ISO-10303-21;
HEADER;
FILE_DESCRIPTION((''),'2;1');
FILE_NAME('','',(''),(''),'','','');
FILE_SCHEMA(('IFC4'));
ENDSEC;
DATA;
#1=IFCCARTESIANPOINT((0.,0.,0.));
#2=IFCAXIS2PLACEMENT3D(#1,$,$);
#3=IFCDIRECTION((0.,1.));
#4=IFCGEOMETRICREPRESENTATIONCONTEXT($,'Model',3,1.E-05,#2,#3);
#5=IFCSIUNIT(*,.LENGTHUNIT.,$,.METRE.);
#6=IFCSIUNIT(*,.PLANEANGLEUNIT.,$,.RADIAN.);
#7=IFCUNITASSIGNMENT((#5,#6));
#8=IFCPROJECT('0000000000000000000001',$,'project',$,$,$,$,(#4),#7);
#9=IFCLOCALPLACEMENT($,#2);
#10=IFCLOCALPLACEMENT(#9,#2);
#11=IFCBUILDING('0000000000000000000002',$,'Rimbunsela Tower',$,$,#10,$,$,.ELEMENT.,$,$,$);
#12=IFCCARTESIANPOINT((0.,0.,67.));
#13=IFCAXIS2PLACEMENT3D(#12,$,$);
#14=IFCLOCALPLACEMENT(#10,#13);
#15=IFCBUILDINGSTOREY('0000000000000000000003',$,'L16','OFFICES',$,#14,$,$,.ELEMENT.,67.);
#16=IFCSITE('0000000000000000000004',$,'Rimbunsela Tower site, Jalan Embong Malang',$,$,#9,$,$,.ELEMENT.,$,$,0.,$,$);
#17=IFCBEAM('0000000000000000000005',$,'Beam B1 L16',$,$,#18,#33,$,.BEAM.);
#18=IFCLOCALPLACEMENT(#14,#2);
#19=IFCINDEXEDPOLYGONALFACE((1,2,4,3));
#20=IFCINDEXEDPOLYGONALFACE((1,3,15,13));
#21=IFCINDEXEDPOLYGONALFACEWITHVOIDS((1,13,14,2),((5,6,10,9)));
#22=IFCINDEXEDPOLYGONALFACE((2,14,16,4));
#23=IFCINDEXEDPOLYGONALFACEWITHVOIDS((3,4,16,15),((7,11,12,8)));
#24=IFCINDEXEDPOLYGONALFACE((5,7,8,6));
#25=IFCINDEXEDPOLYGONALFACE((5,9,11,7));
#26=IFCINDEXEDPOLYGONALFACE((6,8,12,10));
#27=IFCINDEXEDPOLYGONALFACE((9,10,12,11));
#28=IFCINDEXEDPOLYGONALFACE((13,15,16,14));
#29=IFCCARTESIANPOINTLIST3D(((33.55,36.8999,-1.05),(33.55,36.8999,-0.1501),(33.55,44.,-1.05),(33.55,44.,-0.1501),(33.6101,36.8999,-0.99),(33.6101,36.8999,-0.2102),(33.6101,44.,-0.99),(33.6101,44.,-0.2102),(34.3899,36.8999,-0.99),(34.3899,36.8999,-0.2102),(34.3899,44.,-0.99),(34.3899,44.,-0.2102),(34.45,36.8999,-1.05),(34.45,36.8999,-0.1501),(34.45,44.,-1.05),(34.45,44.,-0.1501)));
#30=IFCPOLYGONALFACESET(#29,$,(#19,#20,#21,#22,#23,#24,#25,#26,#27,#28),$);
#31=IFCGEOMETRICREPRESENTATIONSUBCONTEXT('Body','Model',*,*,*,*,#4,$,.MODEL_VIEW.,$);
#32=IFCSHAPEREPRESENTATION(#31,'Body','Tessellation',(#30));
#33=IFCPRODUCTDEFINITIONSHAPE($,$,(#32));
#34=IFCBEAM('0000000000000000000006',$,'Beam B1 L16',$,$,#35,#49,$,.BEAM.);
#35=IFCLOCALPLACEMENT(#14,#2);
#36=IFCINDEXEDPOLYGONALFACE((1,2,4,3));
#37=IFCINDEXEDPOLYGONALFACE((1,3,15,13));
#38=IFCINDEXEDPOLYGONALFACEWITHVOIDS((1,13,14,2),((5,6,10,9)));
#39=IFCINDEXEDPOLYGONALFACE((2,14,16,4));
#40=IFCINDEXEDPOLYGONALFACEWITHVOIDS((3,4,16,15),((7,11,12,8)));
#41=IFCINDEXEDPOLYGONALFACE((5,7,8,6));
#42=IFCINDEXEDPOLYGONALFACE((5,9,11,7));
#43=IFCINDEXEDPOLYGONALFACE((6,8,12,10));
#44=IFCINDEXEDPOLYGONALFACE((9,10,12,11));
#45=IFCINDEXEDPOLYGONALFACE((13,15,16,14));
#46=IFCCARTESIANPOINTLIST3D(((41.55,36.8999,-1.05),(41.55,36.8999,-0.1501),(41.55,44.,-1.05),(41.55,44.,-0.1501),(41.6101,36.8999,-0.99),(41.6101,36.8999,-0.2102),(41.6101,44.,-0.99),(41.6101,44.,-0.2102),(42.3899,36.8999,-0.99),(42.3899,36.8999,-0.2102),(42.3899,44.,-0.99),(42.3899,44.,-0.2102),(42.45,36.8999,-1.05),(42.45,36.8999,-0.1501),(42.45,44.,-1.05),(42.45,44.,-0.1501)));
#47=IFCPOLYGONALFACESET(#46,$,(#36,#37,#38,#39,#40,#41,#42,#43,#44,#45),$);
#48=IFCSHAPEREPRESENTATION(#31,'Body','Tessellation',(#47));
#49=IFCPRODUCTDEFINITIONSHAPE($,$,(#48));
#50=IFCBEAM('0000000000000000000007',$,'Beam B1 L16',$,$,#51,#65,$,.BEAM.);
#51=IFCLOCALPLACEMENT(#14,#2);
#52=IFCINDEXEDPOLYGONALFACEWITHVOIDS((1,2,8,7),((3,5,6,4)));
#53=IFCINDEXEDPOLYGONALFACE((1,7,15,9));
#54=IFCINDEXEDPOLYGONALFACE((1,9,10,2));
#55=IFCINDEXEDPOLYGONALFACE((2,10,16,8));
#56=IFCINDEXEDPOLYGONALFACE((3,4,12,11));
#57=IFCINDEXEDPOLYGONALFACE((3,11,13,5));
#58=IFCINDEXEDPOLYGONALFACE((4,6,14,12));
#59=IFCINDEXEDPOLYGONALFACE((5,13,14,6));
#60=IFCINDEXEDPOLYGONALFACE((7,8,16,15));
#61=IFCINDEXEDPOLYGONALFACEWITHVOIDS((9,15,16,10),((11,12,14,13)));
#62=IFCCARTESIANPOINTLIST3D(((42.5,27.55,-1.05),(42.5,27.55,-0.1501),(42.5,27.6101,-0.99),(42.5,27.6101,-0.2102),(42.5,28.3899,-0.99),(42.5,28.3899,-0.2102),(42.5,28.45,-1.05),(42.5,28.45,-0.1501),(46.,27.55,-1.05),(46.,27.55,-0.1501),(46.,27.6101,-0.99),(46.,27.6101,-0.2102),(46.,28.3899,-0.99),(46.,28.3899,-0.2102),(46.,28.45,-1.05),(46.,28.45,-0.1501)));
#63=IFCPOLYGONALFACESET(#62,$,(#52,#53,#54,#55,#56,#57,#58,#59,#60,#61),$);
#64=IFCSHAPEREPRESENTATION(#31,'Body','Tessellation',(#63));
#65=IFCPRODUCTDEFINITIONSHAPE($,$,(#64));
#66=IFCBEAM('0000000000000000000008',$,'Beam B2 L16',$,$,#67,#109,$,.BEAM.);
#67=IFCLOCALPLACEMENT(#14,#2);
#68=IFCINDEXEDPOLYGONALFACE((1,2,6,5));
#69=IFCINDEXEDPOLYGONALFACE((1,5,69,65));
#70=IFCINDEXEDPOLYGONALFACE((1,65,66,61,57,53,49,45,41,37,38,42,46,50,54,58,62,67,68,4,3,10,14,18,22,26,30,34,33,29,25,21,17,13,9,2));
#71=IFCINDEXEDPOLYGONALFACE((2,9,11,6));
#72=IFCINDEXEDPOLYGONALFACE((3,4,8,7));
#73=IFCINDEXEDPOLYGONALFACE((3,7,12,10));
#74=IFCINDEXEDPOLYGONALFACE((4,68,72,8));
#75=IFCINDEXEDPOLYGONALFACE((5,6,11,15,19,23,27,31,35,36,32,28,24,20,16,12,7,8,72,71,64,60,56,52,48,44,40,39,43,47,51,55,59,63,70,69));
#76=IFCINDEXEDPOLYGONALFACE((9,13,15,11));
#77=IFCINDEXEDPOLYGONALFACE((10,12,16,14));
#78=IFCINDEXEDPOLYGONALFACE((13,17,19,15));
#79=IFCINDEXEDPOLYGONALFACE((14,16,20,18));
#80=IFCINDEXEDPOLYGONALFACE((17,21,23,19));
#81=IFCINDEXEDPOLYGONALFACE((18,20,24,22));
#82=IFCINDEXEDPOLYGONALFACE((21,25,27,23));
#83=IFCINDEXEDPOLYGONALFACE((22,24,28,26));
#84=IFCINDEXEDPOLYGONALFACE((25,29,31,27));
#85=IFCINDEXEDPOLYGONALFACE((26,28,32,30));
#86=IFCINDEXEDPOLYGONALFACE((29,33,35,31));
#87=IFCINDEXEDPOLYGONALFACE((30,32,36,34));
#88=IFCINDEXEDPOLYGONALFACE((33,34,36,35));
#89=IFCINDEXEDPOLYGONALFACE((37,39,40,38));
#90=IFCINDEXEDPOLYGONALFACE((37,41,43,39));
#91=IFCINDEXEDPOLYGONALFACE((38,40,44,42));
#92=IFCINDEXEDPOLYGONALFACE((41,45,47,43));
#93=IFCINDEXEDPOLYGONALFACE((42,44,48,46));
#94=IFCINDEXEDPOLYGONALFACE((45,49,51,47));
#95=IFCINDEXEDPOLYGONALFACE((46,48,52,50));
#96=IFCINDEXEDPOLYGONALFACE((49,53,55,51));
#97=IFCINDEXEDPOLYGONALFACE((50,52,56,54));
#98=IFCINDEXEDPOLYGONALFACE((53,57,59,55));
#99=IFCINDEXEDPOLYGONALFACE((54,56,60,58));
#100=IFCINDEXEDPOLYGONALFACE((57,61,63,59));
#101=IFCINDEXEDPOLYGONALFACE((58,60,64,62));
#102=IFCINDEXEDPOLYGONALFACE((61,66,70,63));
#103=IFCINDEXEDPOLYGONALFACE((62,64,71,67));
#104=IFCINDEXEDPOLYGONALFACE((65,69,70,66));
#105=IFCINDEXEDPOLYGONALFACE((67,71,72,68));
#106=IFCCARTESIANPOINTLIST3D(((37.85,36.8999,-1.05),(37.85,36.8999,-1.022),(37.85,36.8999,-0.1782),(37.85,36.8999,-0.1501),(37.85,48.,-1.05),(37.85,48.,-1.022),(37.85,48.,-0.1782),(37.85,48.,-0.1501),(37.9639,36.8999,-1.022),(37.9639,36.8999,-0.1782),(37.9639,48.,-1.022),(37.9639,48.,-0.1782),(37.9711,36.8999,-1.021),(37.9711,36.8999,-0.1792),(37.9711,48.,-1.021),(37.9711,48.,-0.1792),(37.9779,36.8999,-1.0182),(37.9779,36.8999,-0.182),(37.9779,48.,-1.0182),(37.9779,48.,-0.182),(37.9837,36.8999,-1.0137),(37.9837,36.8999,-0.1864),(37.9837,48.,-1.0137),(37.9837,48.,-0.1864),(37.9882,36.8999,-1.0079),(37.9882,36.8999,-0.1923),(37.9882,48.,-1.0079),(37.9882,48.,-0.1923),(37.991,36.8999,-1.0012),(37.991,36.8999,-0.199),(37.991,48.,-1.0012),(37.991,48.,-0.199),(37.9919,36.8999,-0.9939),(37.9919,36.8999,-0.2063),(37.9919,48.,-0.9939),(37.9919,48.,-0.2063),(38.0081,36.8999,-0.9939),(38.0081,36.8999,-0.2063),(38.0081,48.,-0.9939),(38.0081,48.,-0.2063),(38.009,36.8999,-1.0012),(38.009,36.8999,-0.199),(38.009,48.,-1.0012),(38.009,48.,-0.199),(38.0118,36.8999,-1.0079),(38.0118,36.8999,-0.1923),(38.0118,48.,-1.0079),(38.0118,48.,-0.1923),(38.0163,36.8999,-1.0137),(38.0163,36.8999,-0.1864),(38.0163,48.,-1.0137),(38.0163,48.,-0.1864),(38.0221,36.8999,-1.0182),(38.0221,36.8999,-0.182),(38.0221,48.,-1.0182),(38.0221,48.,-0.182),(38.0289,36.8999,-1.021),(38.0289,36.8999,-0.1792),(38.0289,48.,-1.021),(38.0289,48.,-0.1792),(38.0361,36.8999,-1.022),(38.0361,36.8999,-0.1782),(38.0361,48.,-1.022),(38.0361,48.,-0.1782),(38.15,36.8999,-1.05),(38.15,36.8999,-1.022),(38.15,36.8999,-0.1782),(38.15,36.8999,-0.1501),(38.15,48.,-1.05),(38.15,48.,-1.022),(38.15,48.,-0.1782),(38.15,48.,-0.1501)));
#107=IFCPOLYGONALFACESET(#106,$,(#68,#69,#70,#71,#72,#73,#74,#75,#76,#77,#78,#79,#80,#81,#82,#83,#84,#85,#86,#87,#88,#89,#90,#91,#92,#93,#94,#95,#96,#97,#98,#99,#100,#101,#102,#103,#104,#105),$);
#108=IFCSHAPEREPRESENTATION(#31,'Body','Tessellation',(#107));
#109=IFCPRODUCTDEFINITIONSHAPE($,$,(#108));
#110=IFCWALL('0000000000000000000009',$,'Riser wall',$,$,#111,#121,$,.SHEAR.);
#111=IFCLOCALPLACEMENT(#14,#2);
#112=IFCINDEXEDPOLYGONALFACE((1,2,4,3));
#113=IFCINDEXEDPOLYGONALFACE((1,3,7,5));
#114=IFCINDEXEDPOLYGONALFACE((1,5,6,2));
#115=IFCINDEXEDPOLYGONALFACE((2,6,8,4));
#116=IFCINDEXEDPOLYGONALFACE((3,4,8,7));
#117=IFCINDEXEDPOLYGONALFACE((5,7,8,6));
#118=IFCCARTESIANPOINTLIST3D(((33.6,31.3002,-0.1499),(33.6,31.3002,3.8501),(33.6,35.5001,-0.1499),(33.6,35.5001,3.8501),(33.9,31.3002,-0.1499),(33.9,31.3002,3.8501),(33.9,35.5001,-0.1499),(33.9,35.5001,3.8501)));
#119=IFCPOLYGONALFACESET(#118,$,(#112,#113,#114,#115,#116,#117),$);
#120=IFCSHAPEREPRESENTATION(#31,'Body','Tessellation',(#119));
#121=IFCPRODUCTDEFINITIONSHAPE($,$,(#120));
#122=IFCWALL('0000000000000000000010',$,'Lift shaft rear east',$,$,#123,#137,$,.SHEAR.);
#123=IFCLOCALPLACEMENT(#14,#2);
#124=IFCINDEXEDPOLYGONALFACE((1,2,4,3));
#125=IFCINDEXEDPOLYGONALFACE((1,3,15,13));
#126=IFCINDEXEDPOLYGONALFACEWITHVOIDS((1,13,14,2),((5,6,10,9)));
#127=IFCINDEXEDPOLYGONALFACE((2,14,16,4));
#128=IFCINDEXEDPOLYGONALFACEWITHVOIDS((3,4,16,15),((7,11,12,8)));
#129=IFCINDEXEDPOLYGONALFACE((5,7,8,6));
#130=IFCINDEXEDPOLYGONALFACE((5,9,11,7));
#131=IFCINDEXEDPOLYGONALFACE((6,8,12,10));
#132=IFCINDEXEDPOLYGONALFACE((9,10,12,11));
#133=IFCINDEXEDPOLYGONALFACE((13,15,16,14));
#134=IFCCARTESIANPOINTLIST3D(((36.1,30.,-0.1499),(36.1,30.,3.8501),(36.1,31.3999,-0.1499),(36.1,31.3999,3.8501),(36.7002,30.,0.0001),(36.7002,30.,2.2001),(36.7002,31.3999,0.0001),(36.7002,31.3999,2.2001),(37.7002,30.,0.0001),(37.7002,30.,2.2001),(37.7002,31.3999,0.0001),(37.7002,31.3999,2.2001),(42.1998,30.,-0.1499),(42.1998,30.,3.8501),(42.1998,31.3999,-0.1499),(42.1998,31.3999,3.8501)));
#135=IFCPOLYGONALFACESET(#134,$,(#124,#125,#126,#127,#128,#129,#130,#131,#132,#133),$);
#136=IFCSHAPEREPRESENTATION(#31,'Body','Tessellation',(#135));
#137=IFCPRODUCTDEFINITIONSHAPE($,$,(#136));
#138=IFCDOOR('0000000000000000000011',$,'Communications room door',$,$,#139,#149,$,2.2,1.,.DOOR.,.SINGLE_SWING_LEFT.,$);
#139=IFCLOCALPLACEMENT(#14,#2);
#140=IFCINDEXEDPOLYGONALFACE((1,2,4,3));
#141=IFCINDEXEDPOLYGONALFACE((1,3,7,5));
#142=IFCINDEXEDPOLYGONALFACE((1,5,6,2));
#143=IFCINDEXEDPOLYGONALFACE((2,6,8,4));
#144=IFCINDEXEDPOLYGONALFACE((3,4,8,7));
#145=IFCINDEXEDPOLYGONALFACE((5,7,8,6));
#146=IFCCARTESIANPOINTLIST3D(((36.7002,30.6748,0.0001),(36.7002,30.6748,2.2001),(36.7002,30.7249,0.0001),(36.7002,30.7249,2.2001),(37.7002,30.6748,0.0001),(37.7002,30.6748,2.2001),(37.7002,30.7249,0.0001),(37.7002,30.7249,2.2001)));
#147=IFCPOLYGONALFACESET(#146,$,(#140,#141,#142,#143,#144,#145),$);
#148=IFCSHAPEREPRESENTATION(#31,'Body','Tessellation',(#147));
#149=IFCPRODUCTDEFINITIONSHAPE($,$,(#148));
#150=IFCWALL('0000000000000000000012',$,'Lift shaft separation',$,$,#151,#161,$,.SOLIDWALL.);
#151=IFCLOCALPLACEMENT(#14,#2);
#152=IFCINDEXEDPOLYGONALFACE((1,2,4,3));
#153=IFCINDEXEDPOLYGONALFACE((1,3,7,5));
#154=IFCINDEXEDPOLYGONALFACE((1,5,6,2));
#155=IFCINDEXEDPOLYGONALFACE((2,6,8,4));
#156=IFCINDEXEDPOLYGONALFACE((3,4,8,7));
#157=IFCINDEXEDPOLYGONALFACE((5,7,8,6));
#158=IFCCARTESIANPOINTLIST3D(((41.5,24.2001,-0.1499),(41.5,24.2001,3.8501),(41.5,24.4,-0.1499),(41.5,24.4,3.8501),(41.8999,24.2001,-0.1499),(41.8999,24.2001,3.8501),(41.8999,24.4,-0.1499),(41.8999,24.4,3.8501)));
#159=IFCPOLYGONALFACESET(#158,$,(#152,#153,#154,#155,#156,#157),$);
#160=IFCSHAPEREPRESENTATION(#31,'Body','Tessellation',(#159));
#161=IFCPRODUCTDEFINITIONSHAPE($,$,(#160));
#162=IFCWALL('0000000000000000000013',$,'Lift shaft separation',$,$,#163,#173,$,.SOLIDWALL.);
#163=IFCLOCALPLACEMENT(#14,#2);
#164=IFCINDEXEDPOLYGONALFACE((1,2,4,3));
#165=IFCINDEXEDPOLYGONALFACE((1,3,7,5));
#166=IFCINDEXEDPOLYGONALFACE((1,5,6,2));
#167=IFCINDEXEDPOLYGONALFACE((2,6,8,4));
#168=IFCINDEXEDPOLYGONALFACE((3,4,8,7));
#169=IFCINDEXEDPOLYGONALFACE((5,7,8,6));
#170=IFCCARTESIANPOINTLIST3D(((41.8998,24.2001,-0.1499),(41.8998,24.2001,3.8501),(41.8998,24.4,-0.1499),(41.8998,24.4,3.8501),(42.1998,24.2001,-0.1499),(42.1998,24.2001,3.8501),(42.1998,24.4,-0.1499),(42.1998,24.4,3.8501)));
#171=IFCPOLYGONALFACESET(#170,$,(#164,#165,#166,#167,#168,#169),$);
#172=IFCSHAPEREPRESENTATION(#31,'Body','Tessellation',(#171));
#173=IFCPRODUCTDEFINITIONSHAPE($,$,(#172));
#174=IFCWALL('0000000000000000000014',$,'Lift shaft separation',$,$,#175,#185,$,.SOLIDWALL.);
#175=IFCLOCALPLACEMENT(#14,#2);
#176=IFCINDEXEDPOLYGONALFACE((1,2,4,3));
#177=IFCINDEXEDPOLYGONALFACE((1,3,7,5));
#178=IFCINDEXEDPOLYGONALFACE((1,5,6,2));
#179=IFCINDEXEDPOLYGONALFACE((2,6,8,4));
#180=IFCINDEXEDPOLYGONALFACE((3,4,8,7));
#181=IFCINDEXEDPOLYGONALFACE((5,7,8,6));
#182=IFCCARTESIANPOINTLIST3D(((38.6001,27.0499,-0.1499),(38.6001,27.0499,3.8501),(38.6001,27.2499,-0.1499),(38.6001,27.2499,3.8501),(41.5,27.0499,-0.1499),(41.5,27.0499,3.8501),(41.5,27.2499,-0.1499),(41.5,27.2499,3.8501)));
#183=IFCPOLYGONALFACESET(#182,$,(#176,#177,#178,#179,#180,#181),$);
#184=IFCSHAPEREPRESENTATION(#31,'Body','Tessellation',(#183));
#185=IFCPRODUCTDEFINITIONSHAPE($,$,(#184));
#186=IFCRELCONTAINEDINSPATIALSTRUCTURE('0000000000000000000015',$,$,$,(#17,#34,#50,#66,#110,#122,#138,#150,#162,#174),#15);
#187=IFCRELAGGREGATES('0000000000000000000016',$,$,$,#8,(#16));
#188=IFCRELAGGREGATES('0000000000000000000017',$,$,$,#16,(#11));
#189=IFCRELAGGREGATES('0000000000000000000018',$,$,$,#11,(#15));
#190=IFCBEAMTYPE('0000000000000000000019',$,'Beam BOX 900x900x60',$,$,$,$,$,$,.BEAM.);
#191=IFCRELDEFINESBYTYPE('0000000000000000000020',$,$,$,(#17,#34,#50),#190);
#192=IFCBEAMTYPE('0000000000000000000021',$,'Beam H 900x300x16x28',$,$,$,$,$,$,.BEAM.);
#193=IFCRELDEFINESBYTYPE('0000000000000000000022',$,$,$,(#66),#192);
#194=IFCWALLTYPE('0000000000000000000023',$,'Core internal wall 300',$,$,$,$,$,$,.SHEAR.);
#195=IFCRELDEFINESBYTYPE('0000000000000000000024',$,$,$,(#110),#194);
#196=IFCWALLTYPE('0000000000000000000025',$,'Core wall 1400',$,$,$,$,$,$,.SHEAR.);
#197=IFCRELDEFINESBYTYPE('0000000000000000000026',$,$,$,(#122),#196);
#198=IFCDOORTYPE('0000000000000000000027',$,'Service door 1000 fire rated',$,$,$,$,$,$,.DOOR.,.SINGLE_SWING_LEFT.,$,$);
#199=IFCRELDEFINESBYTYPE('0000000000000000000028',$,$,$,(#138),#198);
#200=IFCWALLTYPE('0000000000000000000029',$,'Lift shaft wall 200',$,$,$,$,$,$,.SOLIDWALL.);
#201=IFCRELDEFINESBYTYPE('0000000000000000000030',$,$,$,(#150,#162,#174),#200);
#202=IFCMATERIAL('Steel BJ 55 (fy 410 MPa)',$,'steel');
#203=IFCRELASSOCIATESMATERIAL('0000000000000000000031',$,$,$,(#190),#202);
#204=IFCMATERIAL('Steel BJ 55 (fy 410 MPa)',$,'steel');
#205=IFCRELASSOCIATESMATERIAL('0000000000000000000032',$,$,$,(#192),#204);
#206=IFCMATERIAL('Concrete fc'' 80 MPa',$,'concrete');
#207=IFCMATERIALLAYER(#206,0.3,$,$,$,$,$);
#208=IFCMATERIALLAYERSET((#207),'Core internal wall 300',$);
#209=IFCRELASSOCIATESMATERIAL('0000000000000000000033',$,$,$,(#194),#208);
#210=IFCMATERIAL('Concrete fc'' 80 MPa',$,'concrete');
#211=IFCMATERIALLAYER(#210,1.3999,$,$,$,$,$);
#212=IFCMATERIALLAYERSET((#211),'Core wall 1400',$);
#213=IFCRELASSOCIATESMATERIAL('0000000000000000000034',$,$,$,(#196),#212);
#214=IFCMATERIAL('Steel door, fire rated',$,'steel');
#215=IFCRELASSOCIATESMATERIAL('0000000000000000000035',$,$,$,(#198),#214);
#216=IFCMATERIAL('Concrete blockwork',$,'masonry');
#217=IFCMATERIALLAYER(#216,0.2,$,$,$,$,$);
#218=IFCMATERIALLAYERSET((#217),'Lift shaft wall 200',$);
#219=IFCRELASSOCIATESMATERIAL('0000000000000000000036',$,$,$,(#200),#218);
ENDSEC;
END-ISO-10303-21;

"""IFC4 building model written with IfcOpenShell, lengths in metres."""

from ifc_helpers import new_model, si_unit, direction, frame, frame_2d, origin, origin_2d, place, context, subcontext, project, spatial, rectangle, hollow_rectangle, i_section, extrude, material, layer, layer_set, material_profile, profile_set, type_object, element, fill, save


model = new_model("IFC4")

# Units and contexts
model_context = context("Model", 3, precision=1e-05, world=origin(), true_north=direction((0.0, 1.0)))
body_context = subcontext(model_context, "Body", "Model", "MODEL_VIEW")
ifc_project = project(units=[si_unit("LENGTHUNIT", "METRE"), si_unit("PLANEANGLEUNIT", "RADIAN")], contexts=[model_context])

# Site, building, storey
site_placement = place(None, origin())
site = spatial("IfcSite", under=ifc_project, at=site_placement, Name="Rimbunsela Tower site, Jalan Embong Malang", CompositionType="ELEMENT", RefElevation=0.0)
building_placement = place(site_placement, origin())
building = spatial("IfcBuilding", under=site, at=building_placement, Name="Rimbunsela Tower", CompositionType="ELEMENT")
storey_placement = place(building_placement, frame((0.0, 0.0, 67.0)))
storey = spatial("IfcBuildingStorey", under=building, at=storey_placement, Name="L16", Description="OFFICES", CompositionType="ELEMENT", Elevation=67.0)

# Beams
ifc_material_1 = material(Name="Steel BJ 55 (fy 410 MPa)", Category="steel")
ifc_material_profile_1 = material_profile(ifc_material_1, hollow_rectangle(XDim=0.8999, YDim=0.8999, WallThickness=0.0601, at=origin_2d()), Name="BOX 900x900x60")
ifc_profile_set_1 = profile_set([ifc_material_profile_1], Name="Steel BJ 55 (fy 410 MPa)")
beam_type_1 = type_object("IfcBeamType", Name="Beam BOX 900x900x60", PredefinedType="BEAM", material=ifc_profile_set_1)
for number, where, z_axis, x_axis, name in (
    (1, (34.0, 36.8999, -0.6001), (0.0, 1.0, 0.0), (-1.0, 0.0, 0.0), "Beam B1 L16"),
    (2, (42.0, 36.8999, -0.6001), (0.0, 1.0, 0.0), (-1.0, 0.0, 0.0), "Beam B1 L16"),
):
    element("IfcBeam", number, at=place(storey_placement, frame(where, z_axis=z_axis, x_axis=x_axis)), inside=storey, type_object=beam_type_1, Name=name, PredefinedType="BEAM", context=body_context, shape_type="SweptSolid", body=[
        extrude(hollow_rectangle(XDim=0.8999, YDim=0.8999, WallThickness=0.0601, at=origin_2d()), origin(), (0.0, 0.0, 1.0), 7.1001),
    ])
beam_1_placement = place(storey_placement, frame((42.5, 28.0, -0.6001), z_axis=(1.0, 0.0, 0.0), x_axis=(0.0, 1.0, 0.0)))
element("IfcBeam", 3, at=beam_1_placement, inside=storey, type_object=beam_type_1, Name="Beam B1 L16", PredefinedType="BEAM", context=body_context, shape_type="SweptSolid", body=[
    extrude(hollow_rectangle(XDim=0.8999, YDim=0.8999, WallThickness=0.0601, at=origin_2d()), origin(), (0.0, 0.0, 1.0), 3.5),
])
ifc_material_2 = material(Name="Steel BJ 55 (fy 410 MPa)", Category="steel")
ifc_material_profile_2 = material_profile(ifc_material_2, i_section(OverallWidth=0.3, OverallDepth=0.8999, WebThickness=0.0161, FlangeThickness=0.0281, FilletRadius=0.0281, at=origin_2d()), Name="H 900x300x16x28")
ifc_profile_set_2 = profile_set([ifc_material_profile_2], Name="Steel BJ 55 (fy 410 MPa)")
beam_type_2 = type_object("IfcBeamType", Name="Beam H 900x300x16x28", PredefinedType="BEAM", material=ifc_profile_set_2)
beam_2_placement = place(storey_placement, frame((38.0, 36.8999, -0.6001), z_axis=(0.0, 1.0, 0.0), x_axis=(-1.0, 0.0, 0.0)))
element("IfcBeam", 4, at=beam_2_placement, inside=storey, type_object=beam_type_2, Name="Beam B2 L16", PredefinedType="BEAM", context=body_context, shape_type="SweptSolid", body=[
    extrude(i_section(OverallWidth=0.3, OverallDepth=0.8999, WebThickness=0.0161, FlangeThickness=0.0281, FilletRadius=0.0281, at=origin_2d()), origin(), (0.0, 0.0, 1.0), 11.1001),
])

# Wall
ifc_material_3 = material(Name="Concrete fc' 80 MPa", Category="concrete")
ifc_layer_1 = layer(ifc_material_3, 0.3)
ifc_layer_set_1 = layer_set([ifc_layer_1], Name="Core internal wall 300")
wall_type_1 = type_object("IfcWallType", Name="Core internal wall 300", PredefinedType="SHEAR", material=ifc_layer_set_1)
wall_1_placement = place(storey_placement, frame((33.75, 31.3, -0.1499), z_axis=(0.0, 0.0, 1.0), x_axis=(0.0, 1.0, 0.0)))
element("IfcWall", 5, at=wall_1_placement, inside=storey, type_object=wall_type_1, Name="Riser wall", PredefinedType="SHEAR", context=body_context, shape_type="SweptSolid", body=[
    extrude(rectangle(XDim=4.2, YDim=0.3, at=frame_2d((2.1001, 0.0))), origin(), (0.0, 0.0, 1.0), 4.0),
])

# Wall, opening, door
ifc_material_4 = material(Name="Concrete fc' 80 MPa", Category="concrete")
ifc_layer_2 = layer(ifc_material_4, 1.3999)
ifc_layer_set_2 = layer_set([ifc_layer_2], Name="Core wall 1400")
wall_type_2 = type_object("IfcWallType", Name="Core wall 1400", PredefinedType="SHEAR", material=ifc_layer_set_2)
wall_2_placement = place(storey_placement, frame((36.1001, 30.7, -0.1499), z_axis=(0.0, 0.0, 1.0), x_axis=(1.0, 0.0, 0.0)))
wall_2 = element("IfcWall", 6, at=wall_2_placement, inside=storey, type_object=wall_type_2, Name="Lift shaft rear east", PredefinedType="SHEAR", context=body_context, shape_type="SweptSolid", body=[
    extrude(rectangle(XDim=6.0999, YDim=1.3999, at=frame_2d((3.0498, 0.0))), origin(), (0.0, 0.0, 1.0), 4.0),
])
opening_placement = place(wall_2_placement, frame((0.6001, 0.0, 0.1499)))
opening = element("IfcOpeningElement", 7, at=opening_placement, cuts=wall_2, PredefinedType="OPENING", context=body_context, shape_type="SweptSolid", body=[
    extrude(rectangle(XDim=1.0, YDim=2.2, at=frame_2d((0.5, 1.1001))), frame((0.0, 0.71, 0.0), z_axis=(0.0, -1.0, 0.0), x_axis=(1.0, 0.0, 0.0)), (0.0, 0.0, 1.0), 1.4199),
])
ifc_material_5 = material(Name="Steel door, fire rated", Category="steel")
door_type = type_object("IfcDoorType", Name="Service door 1000 fire rated", OperationType="SINGLE_SWING_LEFT", PredefinedType="DOOR", material=ifc_material_5)
door_placement = place(opening_placement, origin())
door = element("IfcDoor", 8, at=door_placement, inside=storey, type_object=door_type, Name="Communications room door", OperationType="SINGLE_SWING_LEFT", OverallHeight=2.2, OverallWidth=1.0, PredefinedType="DOOR", context=body_context, shape_type="SweptSolid", body=[
    extrude(rectangle(XDim=1.0, YDim=2.2, at=frame_2d((0.5, 1.1001))), frame((0.0, 0.0249, 0.0), z_axis=(0.0, -1.0, 0.0), x_axis=(1.0, 0.0, 0.0)), (0.0, 0.0, 1.0), 0.05),
])
fill(opening, door)

# Walls
ifc_material_6 = material(Name="Concrete blockwork", Category="masonry")
ifc_layer_3 = layer(ifc_material_6, 0.2)
ifc_layer_set_3 = layer_set([ifc_layer_3], Name="Lift shaft wall 200")
wall_type_3 = type_object("IfcWallType", Name="Lift shaft wall 200", PredefinedType="SOLIDWALL", material=ifc_layer_set_3)
wall_3_placement = place(storey_placement, frame((41.5, 24.3, -0.1499), z_axis=(0.0, 0.0, 1.0), x_axis=(1.0, 0.0, 0.0)))
element("IfcWall", 9, at=wall_3_placement, inside=storey, type_object=wall_type_3, Name="Lift shaft separation", PredefinedType="SOLIDWALL", context=body_context, shape_type="SweptSolid", body=[
    extrude(rectangle(XDim=0.3999, YDim=0.2, at=frame_2d((0.2, 0.0))), origin(), (0.0, 0.0, 1.0), 4.0),
])
wall_4_placement = place(storey_placement, frame((41.8999, 24.3, -0.1499), z_axis=(0.0, 0.0, 1.0), x_axis=(1.0, 0.0, 0.0)))
element("IfcWall", 10, at=wall_4_placement, inside=storey, type_object=wall_type_3, Name="Lift shaft separation", PredefinedType="SOLIDWALL", context=body_context, shape_type="SweptSolid", body=[
    extrude(rectangle(XDim=0.3, YDim=0.2, at=frame_2d((0.1499, 0.0))), origin(), (0.0, 0.0, 1.0), 4.0),
])
wall_5_placement = place(storey_placement, frame((38.6001, 27.1499, -0.1499), z_axis=(0.0, 0.0, 1.0), x_axis=(1.0, 0.0, 0.0)))
element("IfcWall", 11, at=wall_5_placement, inside=storey, type_object=wall_type_3, Name="Lift shaft separation", PredefinedType="SOLIDWALL", context=body_context, shape_type="SweptSolid", body=[
    extrude(rectangle(XDim=2.8999, YDim=0.2, at=frame_2d((1.45, 0.0))), origin(), (0.0, 0.0, 1.0), 4.0),
])

save(model, "model.ifc")
